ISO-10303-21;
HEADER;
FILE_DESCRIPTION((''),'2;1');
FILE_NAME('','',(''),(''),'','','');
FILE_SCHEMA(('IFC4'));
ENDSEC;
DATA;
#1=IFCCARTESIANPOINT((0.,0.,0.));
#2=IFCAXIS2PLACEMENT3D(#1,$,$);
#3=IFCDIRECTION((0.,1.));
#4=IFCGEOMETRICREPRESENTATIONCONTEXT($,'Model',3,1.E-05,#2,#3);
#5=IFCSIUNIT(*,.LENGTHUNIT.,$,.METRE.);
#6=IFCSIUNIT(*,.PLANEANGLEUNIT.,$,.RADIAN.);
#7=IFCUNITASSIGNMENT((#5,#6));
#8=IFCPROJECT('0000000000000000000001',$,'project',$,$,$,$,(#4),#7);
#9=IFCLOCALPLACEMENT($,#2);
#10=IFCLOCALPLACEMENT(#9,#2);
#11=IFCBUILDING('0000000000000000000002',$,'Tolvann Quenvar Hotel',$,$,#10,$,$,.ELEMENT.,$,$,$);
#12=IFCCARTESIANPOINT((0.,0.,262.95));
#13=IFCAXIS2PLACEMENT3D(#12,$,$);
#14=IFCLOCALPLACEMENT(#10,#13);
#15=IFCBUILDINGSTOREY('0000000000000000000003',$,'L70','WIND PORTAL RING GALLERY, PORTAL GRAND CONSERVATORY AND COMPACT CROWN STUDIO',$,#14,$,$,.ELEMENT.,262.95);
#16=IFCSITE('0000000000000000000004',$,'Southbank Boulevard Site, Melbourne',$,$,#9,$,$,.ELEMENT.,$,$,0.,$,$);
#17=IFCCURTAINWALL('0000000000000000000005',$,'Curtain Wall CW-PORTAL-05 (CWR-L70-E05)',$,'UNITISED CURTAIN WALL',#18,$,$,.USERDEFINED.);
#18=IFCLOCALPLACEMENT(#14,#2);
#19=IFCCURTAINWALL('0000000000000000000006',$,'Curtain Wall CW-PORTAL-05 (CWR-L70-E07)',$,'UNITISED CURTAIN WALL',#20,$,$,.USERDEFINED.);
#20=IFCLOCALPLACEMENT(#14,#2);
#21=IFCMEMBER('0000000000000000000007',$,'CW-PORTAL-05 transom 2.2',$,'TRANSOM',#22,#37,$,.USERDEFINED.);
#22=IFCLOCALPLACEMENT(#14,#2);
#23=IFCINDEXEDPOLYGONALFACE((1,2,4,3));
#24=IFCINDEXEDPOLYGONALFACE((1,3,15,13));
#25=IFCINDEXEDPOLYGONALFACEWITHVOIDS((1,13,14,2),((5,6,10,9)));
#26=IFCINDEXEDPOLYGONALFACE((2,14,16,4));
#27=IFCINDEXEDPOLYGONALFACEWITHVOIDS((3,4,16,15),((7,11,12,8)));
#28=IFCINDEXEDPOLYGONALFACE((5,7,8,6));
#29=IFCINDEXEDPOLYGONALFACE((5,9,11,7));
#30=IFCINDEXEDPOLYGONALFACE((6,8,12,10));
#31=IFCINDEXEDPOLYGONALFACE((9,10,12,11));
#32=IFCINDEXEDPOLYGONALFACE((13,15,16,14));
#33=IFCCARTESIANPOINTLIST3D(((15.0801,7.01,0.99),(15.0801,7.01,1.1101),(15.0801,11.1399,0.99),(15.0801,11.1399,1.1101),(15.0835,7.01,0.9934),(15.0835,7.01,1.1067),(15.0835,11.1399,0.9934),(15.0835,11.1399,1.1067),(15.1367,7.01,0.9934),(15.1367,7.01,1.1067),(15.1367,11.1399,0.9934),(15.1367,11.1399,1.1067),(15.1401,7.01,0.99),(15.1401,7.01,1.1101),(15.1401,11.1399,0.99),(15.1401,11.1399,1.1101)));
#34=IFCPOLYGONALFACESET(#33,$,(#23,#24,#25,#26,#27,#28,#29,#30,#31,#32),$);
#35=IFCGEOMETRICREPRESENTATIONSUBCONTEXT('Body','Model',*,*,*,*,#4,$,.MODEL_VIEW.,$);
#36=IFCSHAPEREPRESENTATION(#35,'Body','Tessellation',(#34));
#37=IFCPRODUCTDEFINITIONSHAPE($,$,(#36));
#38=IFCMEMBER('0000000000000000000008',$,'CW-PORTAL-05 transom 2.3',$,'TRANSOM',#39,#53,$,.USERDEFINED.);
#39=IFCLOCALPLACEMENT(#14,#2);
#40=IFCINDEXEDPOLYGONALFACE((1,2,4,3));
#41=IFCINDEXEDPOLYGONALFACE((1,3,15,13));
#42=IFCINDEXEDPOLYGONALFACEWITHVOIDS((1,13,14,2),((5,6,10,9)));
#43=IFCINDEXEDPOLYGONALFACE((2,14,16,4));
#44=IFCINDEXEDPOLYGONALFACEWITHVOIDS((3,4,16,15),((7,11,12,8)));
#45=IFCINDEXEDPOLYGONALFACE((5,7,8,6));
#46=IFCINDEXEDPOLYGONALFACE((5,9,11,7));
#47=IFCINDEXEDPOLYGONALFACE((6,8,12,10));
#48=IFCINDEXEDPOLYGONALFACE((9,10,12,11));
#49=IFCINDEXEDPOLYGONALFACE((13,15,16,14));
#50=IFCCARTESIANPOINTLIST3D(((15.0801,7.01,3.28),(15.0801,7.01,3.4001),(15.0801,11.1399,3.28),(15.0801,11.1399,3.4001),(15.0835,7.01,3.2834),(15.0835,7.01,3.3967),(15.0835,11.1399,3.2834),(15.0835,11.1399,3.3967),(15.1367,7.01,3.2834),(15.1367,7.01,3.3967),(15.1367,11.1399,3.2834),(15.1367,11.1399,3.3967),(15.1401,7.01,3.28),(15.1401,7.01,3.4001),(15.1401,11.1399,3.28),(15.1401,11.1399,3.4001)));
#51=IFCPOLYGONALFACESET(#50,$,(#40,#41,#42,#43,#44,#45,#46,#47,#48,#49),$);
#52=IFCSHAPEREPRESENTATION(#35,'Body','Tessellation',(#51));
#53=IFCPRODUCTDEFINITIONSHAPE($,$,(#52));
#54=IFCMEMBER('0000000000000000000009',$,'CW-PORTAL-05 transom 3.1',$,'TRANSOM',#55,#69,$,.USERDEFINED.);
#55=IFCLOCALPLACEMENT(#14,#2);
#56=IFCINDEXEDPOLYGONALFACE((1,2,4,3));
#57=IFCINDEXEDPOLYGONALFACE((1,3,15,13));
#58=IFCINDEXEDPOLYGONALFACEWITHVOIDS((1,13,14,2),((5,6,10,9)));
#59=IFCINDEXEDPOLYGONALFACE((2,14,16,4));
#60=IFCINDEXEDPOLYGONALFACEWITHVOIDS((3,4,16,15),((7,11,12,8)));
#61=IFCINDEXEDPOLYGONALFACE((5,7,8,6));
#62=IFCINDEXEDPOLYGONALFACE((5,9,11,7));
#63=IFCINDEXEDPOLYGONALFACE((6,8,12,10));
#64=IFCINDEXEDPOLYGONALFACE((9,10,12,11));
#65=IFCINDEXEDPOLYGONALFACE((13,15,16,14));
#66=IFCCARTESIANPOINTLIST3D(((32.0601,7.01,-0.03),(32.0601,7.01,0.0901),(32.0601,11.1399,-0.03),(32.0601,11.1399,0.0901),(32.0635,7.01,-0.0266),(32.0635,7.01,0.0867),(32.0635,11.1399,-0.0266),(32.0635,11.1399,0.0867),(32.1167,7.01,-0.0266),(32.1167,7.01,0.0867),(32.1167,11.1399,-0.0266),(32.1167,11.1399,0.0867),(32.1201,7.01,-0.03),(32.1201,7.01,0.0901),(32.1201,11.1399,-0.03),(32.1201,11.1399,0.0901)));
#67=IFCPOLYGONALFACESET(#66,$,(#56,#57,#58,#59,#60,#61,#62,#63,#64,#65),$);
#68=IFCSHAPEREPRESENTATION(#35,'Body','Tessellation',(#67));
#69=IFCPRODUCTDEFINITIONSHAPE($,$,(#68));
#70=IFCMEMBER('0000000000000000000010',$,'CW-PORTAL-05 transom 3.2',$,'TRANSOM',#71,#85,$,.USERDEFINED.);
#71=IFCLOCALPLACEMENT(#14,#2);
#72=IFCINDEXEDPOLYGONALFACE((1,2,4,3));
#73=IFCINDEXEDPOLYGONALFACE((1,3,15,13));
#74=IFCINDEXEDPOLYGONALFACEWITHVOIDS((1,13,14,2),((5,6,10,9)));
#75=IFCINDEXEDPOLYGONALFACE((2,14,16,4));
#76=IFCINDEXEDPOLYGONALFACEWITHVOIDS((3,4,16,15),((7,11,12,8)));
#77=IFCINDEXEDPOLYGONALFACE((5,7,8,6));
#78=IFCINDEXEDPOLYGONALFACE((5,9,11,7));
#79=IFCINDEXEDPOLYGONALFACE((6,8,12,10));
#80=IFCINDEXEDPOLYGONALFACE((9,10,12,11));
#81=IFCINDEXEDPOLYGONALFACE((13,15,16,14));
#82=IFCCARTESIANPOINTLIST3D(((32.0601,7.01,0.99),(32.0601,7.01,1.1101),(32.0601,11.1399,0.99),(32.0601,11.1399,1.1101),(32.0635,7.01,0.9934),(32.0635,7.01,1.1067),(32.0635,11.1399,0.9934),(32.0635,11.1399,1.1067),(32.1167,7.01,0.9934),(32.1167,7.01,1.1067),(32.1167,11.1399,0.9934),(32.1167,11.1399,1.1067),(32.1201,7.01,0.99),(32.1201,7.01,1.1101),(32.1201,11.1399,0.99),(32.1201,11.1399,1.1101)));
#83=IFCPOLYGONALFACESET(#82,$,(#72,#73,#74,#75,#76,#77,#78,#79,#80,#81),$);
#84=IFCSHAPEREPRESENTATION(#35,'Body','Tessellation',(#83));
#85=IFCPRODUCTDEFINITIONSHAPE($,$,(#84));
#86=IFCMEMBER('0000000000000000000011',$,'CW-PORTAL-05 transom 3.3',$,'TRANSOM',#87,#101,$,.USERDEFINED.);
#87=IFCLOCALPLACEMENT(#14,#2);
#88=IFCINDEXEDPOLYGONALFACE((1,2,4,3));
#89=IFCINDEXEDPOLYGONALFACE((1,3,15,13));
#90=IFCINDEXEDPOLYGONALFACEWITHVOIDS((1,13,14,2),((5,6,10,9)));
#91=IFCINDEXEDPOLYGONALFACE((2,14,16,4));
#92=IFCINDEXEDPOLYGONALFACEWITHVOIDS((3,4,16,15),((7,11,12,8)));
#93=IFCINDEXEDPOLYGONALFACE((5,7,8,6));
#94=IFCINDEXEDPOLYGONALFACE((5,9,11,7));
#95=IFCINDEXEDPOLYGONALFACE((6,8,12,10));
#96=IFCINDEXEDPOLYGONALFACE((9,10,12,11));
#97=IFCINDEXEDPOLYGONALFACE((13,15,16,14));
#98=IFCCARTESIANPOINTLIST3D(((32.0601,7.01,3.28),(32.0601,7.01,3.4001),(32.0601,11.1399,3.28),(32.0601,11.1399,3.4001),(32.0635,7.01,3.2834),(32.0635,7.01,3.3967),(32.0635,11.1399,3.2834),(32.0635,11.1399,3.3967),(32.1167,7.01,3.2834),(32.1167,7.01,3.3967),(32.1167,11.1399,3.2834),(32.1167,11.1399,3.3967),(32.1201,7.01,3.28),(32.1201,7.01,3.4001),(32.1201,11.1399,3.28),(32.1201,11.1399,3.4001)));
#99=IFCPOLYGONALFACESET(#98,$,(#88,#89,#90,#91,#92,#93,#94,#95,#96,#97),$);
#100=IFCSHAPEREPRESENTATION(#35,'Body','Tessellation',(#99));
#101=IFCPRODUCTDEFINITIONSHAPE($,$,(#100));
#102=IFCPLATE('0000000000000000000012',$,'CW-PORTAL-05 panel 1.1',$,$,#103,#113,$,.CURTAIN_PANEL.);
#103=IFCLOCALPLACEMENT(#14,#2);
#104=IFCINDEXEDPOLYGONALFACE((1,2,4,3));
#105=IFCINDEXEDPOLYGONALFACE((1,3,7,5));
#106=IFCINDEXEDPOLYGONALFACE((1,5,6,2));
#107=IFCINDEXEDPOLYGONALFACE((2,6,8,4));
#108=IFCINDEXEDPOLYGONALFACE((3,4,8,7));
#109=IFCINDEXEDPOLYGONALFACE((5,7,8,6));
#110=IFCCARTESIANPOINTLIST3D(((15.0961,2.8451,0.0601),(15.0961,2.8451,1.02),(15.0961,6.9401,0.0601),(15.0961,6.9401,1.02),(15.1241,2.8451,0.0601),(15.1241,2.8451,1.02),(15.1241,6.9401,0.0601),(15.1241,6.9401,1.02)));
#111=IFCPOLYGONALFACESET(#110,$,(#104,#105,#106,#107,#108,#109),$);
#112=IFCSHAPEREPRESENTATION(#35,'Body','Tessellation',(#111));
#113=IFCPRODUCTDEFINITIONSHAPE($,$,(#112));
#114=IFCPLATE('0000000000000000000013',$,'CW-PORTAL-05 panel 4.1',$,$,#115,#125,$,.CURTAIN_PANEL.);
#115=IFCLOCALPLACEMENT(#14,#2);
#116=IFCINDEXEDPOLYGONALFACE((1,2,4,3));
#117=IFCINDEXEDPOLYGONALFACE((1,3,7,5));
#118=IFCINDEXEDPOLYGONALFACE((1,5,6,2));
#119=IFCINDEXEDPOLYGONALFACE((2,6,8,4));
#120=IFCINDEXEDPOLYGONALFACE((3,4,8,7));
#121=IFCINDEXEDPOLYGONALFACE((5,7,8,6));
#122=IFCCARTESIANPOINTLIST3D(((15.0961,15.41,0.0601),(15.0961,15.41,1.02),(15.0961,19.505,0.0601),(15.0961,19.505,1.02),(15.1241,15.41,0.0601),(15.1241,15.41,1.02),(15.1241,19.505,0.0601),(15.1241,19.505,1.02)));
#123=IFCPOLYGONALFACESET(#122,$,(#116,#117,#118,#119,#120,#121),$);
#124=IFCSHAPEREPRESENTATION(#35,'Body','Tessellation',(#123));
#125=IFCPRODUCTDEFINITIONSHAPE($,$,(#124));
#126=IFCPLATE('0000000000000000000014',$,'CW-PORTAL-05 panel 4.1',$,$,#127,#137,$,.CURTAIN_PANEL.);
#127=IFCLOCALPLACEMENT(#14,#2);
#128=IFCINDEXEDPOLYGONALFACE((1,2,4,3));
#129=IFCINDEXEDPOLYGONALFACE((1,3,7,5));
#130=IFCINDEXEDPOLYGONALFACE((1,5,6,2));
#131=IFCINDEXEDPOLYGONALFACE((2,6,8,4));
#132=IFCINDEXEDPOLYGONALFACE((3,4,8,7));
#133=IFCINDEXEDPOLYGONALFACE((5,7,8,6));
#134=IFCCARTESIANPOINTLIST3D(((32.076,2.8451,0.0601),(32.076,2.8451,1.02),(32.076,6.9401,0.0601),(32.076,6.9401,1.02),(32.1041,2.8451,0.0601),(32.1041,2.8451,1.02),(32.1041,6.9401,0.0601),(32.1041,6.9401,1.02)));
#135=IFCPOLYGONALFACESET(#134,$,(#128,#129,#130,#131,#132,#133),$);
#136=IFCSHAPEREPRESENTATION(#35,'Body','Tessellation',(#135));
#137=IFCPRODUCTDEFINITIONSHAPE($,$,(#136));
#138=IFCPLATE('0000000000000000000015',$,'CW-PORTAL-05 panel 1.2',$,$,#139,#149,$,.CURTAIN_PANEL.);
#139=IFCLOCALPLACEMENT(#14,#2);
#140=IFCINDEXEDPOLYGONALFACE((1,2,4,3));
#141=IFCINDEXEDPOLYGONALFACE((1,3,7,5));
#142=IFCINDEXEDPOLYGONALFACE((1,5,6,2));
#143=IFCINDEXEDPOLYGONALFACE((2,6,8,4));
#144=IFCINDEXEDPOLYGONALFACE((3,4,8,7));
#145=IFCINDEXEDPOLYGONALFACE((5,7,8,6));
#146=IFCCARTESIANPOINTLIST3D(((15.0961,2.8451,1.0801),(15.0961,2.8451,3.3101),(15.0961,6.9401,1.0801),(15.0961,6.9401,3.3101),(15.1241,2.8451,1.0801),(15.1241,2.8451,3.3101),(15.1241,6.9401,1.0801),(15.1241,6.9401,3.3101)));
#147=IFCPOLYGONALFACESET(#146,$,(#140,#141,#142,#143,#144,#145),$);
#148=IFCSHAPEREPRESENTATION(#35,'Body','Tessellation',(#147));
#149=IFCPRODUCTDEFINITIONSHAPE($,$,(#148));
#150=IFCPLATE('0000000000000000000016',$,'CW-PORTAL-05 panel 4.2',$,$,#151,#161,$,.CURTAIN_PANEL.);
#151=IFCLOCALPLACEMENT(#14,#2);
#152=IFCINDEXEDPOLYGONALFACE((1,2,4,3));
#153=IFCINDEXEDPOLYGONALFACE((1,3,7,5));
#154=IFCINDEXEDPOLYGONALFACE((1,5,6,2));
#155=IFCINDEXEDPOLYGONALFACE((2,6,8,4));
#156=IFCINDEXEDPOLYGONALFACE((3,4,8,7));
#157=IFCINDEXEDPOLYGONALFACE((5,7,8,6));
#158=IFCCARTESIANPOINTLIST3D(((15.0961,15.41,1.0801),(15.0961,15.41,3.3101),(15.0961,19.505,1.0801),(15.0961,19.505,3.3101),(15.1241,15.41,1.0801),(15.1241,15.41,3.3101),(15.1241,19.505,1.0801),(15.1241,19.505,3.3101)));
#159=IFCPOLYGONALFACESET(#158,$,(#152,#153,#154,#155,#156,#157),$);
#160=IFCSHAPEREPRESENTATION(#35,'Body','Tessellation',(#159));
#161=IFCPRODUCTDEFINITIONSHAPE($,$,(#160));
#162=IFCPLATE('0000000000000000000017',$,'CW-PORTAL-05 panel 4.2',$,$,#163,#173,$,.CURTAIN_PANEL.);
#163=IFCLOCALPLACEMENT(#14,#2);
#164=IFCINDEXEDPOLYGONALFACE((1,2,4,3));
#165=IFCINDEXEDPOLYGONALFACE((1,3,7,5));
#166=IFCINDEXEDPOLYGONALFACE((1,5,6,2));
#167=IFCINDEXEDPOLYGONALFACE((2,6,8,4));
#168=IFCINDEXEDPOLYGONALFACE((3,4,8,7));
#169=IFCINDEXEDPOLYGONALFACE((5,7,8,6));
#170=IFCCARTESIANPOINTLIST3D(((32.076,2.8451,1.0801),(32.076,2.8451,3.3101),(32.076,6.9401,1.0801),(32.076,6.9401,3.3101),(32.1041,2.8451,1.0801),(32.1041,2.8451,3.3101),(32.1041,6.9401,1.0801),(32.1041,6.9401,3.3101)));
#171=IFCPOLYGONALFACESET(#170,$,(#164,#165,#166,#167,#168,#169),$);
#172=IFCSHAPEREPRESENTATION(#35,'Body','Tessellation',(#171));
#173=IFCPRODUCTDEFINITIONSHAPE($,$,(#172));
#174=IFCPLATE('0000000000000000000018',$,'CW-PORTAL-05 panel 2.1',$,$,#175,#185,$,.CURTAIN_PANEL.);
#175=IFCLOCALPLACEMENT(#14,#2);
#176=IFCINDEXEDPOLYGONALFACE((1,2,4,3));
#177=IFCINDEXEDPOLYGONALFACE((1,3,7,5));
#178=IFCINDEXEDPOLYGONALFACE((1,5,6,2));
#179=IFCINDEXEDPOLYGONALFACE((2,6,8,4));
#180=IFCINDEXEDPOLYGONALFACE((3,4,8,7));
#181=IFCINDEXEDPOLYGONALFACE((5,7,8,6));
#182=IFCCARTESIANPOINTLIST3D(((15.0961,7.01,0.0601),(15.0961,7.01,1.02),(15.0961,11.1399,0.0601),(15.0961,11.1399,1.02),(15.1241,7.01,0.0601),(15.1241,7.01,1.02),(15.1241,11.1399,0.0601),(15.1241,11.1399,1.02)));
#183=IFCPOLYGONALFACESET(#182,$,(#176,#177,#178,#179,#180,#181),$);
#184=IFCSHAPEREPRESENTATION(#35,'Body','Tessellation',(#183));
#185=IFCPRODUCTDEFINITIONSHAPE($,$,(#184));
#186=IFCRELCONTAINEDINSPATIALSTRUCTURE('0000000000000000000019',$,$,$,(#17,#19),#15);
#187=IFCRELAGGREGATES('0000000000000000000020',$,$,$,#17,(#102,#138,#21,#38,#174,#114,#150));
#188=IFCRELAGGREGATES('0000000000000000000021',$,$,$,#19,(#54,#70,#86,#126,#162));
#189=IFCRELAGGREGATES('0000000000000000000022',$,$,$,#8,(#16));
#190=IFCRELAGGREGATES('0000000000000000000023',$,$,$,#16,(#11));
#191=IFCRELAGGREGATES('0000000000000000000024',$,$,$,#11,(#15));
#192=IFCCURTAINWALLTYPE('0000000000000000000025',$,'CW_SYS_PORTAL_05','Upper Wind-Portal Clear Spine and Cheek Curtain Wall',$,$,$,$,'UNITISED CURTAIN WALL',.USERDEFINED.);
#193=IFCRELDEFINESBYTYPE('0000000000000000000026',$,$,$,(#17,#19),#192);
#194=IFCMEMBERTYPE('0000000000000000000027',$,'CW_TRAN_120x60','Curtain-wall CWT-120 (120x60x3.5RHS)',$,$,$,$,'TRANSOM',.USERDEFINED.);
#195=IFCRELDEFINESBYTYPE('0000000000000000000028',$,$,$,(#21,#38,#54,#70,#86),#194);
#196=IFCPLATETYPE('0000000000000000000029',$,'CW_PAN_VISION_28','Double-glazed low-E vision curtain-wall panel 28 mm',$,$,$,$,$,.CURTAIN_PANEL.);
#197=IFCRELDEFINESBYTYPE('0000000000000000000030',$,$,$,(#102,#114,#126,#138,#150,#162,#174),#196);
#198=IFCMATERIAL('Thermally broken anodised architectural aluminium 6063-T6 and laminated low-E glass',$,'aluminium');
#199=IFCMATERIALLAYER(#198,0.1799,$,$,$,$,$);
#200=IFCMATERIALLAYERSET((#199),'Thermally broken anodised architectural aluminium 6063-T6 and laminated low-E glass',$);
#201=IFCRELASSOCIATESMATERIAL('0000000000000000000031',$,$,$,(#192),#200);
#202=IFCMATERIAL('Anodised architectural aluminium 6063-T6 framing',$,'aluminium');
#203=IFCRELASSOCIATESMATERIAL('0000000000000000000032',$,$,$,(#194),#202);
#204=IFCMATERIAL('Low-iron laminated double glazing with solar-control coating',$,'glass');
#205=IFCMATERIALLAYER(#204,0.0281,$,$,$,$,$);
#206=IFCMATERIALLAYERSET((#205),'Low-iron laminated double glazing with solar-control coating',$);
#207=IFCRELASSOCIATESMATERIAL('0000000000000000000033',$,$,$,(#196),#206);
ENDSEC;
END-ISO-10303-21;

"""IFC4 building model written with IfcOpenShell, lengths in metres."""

from ifc_helpers import new_model, si_unit, direction, frame, origin, origin_2d, place, context, subcontext, project, spatial, rectangle, hollow_rectangle, extrude, source, transform, mapped, material, layer, layer_set, material_profile, profile_set, type_object, element, aggregate, save


model = new_model("IFC4")

# Units and contexts
model_context = context("Model", 3, precision=1e-05, world=origin(), true_north=direction((0.0, 1.0)))
body_context = subcontext(model_context, "Body", "Model", "MODEL_VIEW")
ifc_project = project(units=[si_unit("LENGTHUNIT", "METRE"), si_unit("PLANEANGLEUNIT", "RADIAN")], contexts=[model_context])

# Site, building, storey
site_placement = place(None, origin())
site = spatial("IfcSite", under=ifc_project, at=site_placement, Name="Southbank Boulevard Site, Melbourne", CompositionType="ELEMENT", RefElevation=0.0)
building_placement = place(site_placement, origin())
building = spatial("IfcBuilding", under=site, at=building_placement, Name="Tolvann Quenvar Hotel", CompositionType="ELEMENT")
storey_placement = place(building_placement, frame((0.0, 0.0, 262.95)))
storey = spatial("IfcBuildingStorey", under=building, at=storey_placement, Name="L70", Description="WIND PORTAL RING GALLERY, PORTAL GRAND CONSERVATORY AND COMPACT CROWN STUDIO", CompositionType="ELEMENT", Elevation=262.95)

# Curtain walls
ifc_material_1 = material(Name="Thermally broken anodised architectural aluminium 6063-T6 and laminated low-E glass", Category="aluminium")
ifc_layer_1 = layer(ifc_material_1, 0.1799)
ifc_layer_set_1 = layer_set([ifc_layer_1], Name="Thermally broken anodised architectural aluminium 6063-T6 and laminated low-E glass")
curtain_wall_type = type_object("IfcCurtainWallType", Name="CW_SYS_PORTAL_05", Description="Upper Wind-Portal Clear Spine and Cheek Curtain Wall", ElementType="UNITISED CURTAIN WALL", PredefinedType="USERDEFINED", material=ifc_layer_set_1)
curtain_wall_1_placement = place(storey_placement, origin())
curtain_wall_1 = element("IfcCurtainWall", 1, at=curtain_wall_1_placement, inside=storey, type_object=curtain_wall_type, Name="Curtain Wall CW-PORTAL-05 (CWR-L70-E05)", ObjectType="UNITISED CURTAIN WALL", PredefinedType="USERDEFINED")
ifc_material_2 = material(Name="Anodised architectural aluminium 6063-T6 framing", Category="aluminium")
curtain_wall_2_placement = place(storey_placement, origin())
curtain_wall_2 = element("IfcCurtainWall", 2, at=curtain_wall_2_placement, inside=storey, type_object=curtain_wall_type, Name="Curtain Wall CW-PORTAL-05 (CWR-L70-E07)", ObjectType="UNITISED CURTAIN WALL", PredefinedType="USERDEFINED")

# Members
ifc_material_profile_1 = material_profile(ifc_material_2, hollow_rectangle(XDim=0.0601, YDim=0.1201, WallThickness=0.0034, at=origin_2d()), Name="120x60x3.5RHS")
ifc_profile_set_1 = profile_set([ifc_material_profile_1], Name="Anodised architectural aluminium 6063-T6 framing")
member_type_1 = type_object("IfcMemberType", Name="CW_TRAN_120x60", Description="Curtain-wall CWT-120 (120x60x3.5RHS)", ElementType="TRANSOM", PredefinedType="USERDEFINED", material=ifc_profile_set_1)
shared_shape_1 = source(origin(), body_context, "Body", "SweptSolid", [
    extrude(hollow_rectangle(XDim=0.0601, YDim=0.1201, WallThickness=0.0034, at=origin_2d()), origin(), (0.0, 0.0, 1.0), 4.1299),
])
member_1_placement = place(storey_placement, frame((15.1101, 7.01, 1.05), z_axis=(0.0, 1.0, 0.0), x_axis=(-1.0, 0.0, 0.0)))
member_1 = element("IfcMember", 3, at=member_1_placement, type_object=member_type_1, Name="CW-PORTAL-05 transom 2.2", ObjectType="TRANSOM", PredefinedType="USERDEFINED", context=body_context, shape_type="MappedRepresentation", body=[
    mapped(shared_shape_1, transform((0.0, 0.0, 0.0), x_axis=(1.0, 0.0, 0.0), y_axis=(0.0, 1.0, 0.0), z_axis=(0.0, 0.0, 1.0), scale=1.0)),
])
member_2_placement = place(storey_placement, frame((15.1101, 7.01, 3.3401), z_axis=(0.0, 1.0, 0.0), x_axis=(-1.0, 0.0, 0.0)))
member_2 = element("IfcMember", 4, at=member_2_placement, type_object=member_type_1, Name="CW-PORTAL-05 transom 2.3", ObjectType="TRANSOM", PredefinedType="USERDEFINED", context=body_context, shape_type="MappedRepresentation", body=[
    mapped(shared_shape_1, transform((0.0, 0.0, 0.0), x_axis=(1.0, 0.0, 0.0), y_axis=(0.0, 1.0, 0.0), z_axis=(0.0, 0.0, 1.0), scale=1.0)),
])
member_3_placement = place(storey_placement, frame((32.0901, 11.1399, 0.03), z_axis=(0.0, -1.0, 0.0), x_axis=(1.0, 0.0, 0.0)))
member_3 = element("IfcMember", 5, at=member_3_placement, type_object=member_type_1, Name="CW-PORTAL-05 transom 3.1", ObjectType="TRANSOM", PredefinedType="USERDEFINED", context=body_context, shape_type="MappedRepresentation", body=[
    mapped(shared_shape_1, transform((0.0, 0.0, 0.0), x_axis=(1.0, 0.0, 0.0), y_axis=(0.0, 1.0, 0.0), z_axis=(0.0, 0.0, 1.0), scale=1.0)),
])
member_4_placement = place(storey_placement, frame((32.0901, 11.1399, 1.05), z_axis=(0.0, -1.0, 0.0), x_axis=(1.0, 0.0, 0.0)))
member_4 = element("IfcMember", 6, at=member_4_placement, type_object=member_type_1, Name="CW-PORTAL-05 transom 3.2", ObjectType="TRANSOM", PredefinedType="USERDEFINED", context=body_context, shape_type="MappedRepresentation", body=[
    mapped(shared_shape_1, transform((0.0, 0.0, 0.0), x_axis=(1.0, 0.0, 0.0), y_axis=(0.0, 1.0, 0.0), z_axis=(0.0, 0.0, 1.0), scale=1.0)),
])
member_5_placement = place(storey_placement, frame((32.0901, 11.1399, 3.3401), z_axis=(0.0, -1.0, 0.0), x_axis=(1.0, 0.0, 0.0)))
member_5 = element("IfcMember", 7, at=member_5_placement, type_object=member_type_1, Name="CW-PORTAL-05 transom 3.3", ObjectType="TRANSOM", PredefinedType="USERDEFINED", context=body_context, shape_type="MappedRepresentation", body=[
    mapped(shared_shape_1, transform((0.0, 0.0, 0.0), x_axis=(1.0, 0.0, 0.0), y_axis=(0.0, 1.0, 0.0), z_axis=(0.0, 0.0, 1.0), scale=1.0)),
])

# Plates
ifc_material_3 = material(Name="Low-iron laminated double glazing with solar-control coating", Category="glass")
ifc_layer_2 = layer(ifc_material_3, 0.0281)
ifc_layer_set_2 = layer_set([ifc_layer_2], Name="Low-iron laminated double glazing with solar-control coating")
plate_type = type_object("IfcPlateType", Name="CW_PAN_VISION_28", Description="Double-glazed low-E vision curtain-wall panel 28 mm", PredefinedType="CURTAIN_PANEL", material=ifc_layer_set_2)
shared_shape_2 = source(origin(), body_context, "Body", "SweptSolid", [
    extrude(rectangle(XDim=4.095, YDim=0.0281, at=origin_2d()), origin(), (0.0, 0.0, 1.0), 0.96),
])
plate_1_placement = place(storey_placement, frame((15.1101, 4.8926, 0.0601), z_axis=(0.0, 0.0, 1.0), x_axis=(0.0, 1.0, 0.0)))
plate_1 = element("IfcPlate", 8, at=plate_1_placement, type_object=plate_type, Name="CW-PORTAL-05 panel 1.1", PredefinedType="CURTAIN_PANEL", context=body_context, shape_type="MappedRepresentation", body=[
    mapped(shared_shape_2, transform((0.0, 0.0, 0.0), x_axis=(1.0, 0.0, 0.0), y_axis=(0.0, 1.0, 0.0), z_axis=(0.0, 0.0, 1.0), scale=1.0)),
])
plate_2_placement = place(storey_placement, frame((15.1101, 17.4575, 0.0601), z_axis=(0.0, 0.0, 1.0), x_axis=(0.0, 1.0, 0.0)))
plate_2 = element("IfcPlate", 9, at=plate_2_placement, type_object=plate_type, Name="CW-PORTAL-05 panel 4.1", PredefinedType="CURTAIN_PANEL", context=body_context, shape_type="MappedRepresentation", body=[
    mapped(shared_shape_2, transform((0.0, 0.0, 0.0), x_axis=(1.0, 0.0, 0.0), y_axis=(0.0, 1.0, 0.0), z_axis=(0.0, 0.0, 1.0), scale=1.0)),
])
plate_3_placement = place(storey_placement, frame((32.0901, 4.8926, 0.0601), z_axis=(0.0, 0.0, 1.0), x_axis=(0.0, -1.0, 0.0)))
plate_3 = element("IfcPlate", 10, at=plate_3_placement, type_object=plate_type, Name="CW-PORTAL-05 panel 4.1", PredefinedType="CURTAIN_PANEL", context=body_context, shape_type="MappedRepresentation", body=[
    mapped(shared_shape_2, transform((0.0, 0.0, 0.0), x_axis=(1.0, 0.0, 0.0), y_axis=(0.0, 1.0, 0.0), z_axis=(0.0, 0.0, 1.0), scale=1.0)),
])
shared_shape_3 = source(origin(), body_context, "Body", "SweptSolid", [
    extrude(rectangle(XDim=4.095, YDim=0.0281, at=origin_2d()), origin(), (0.0, 0.0, 1.0), 2.23),
])
plate_4_placement = place(storey_placement, frame((15.1101, 4.8926, 1.0801), z_axis=(0.0, 0.0, 1.0), x_axis=(0.0, 1.0, 0.0)))
plate_4 = element("IfcPlate", 11, at=plate_4_placement, type_object=plate_type, Name="CW-PORTAL-05 panel 1.2", PredefinedType="CURTAIN_PANEL", context=body_context, shape_type="MappedRepresentation", body=[
    mapped(shared_shape_3, transform((0.0, 0.0, 0.0), x_axis=(1.0, 0.0, 0.0), y_axis=(0.0, 1.0, 0.0), z_axis=(0.0, 0.0, 1.0), scale=1.0)),
])
plate_5_placement = place(storey_placement, frame((15.1101, 17.4575, 1.0801), z_axis=(0.0, 0.0, 1.0), x_axis=(0.0, 1.0, 0.0)))
plate_5 = element("IfcPlate", 12, at=plate_5_placement, type_object=plate_type, Name="CW-PORTAL-05 panel 4.2", PredefinedType="CURTAIN_PANEL", context=body_context, shape_type="MappedRepresentation", body=[
    mapped(shared_shape_3, transform((0.0, 0.0, 0.0), x_axis=(1.0, 0.0, 0.0), y_axis=(0.0, 1.0, 0.0), z_axis=(0.0, 0.0, 1.0), scale=1.0)),
])
plate_6_placement = place(storey_placement, frame((32.0901, 4.8926, 1.0801), z_axis=(0.0, 0.0, 1.0), x_axis=(0.0, -1.0, 0.0)))
plate_6 = element("IfcPlate", 13, at=plate_6_placement, type_object=plate_type, Name="CW-PORTAL-05 panel 4.2", PredefinedType="CURTAIN_PANEL", context=body_context, shape_type="MappedRepresentation", body=[
    mapped(shared_shape_3, transform((0.0, 0.0, 0.0), x_axis=(1.0, 0.0, 0.0), y_axis=(0.0, 1.0, 0.0), z_axis=(0.0, 0.0, 1.0), scale=1.0)),
])
shared_shape_4 = source(origin(), body_context, "Body", "SweptSolid", [
    extrude(rectangle(XDim=4.1299, YDim=0.0281, at=origin_2d()), origin(), (0.0, 0.0, 1.0), 0.96),
])
plate_7_placement = place(storey_placement, frame((15.1101, 9.075, 0.0601), z_axis=(0.0, 0.0, 1.0), x_axis=(0.0, 1.0, 0.0)))
plate_7 = element("IfcPlate", 14, at=plate_7_placement, type_object=plate_type, Name="CW-PORTAL-05 panel 2.1", PredefinedType="CURTAIN_PANEL", context=body_context, shape_type="MappedRepresentation", body=[
    mapped(shared_shape_4, transform((0.0, 0.0, 0.0), x_axis=(1.0, 0.0, 0.0), y_axis=(0.0, 1.0, 0.0), z_axis=(0.0, 0.0, 1.0), scale=1.0)),
])
aggregate(curtain_wall_1, [plate_1, plate_4, member_1, member_2, plate_7, plate_2, plate_5])
aggregate(curtain_wall_2, [member_3, member_4, member_5, plate_3, plate_6])

save(model, "model.ifc")
